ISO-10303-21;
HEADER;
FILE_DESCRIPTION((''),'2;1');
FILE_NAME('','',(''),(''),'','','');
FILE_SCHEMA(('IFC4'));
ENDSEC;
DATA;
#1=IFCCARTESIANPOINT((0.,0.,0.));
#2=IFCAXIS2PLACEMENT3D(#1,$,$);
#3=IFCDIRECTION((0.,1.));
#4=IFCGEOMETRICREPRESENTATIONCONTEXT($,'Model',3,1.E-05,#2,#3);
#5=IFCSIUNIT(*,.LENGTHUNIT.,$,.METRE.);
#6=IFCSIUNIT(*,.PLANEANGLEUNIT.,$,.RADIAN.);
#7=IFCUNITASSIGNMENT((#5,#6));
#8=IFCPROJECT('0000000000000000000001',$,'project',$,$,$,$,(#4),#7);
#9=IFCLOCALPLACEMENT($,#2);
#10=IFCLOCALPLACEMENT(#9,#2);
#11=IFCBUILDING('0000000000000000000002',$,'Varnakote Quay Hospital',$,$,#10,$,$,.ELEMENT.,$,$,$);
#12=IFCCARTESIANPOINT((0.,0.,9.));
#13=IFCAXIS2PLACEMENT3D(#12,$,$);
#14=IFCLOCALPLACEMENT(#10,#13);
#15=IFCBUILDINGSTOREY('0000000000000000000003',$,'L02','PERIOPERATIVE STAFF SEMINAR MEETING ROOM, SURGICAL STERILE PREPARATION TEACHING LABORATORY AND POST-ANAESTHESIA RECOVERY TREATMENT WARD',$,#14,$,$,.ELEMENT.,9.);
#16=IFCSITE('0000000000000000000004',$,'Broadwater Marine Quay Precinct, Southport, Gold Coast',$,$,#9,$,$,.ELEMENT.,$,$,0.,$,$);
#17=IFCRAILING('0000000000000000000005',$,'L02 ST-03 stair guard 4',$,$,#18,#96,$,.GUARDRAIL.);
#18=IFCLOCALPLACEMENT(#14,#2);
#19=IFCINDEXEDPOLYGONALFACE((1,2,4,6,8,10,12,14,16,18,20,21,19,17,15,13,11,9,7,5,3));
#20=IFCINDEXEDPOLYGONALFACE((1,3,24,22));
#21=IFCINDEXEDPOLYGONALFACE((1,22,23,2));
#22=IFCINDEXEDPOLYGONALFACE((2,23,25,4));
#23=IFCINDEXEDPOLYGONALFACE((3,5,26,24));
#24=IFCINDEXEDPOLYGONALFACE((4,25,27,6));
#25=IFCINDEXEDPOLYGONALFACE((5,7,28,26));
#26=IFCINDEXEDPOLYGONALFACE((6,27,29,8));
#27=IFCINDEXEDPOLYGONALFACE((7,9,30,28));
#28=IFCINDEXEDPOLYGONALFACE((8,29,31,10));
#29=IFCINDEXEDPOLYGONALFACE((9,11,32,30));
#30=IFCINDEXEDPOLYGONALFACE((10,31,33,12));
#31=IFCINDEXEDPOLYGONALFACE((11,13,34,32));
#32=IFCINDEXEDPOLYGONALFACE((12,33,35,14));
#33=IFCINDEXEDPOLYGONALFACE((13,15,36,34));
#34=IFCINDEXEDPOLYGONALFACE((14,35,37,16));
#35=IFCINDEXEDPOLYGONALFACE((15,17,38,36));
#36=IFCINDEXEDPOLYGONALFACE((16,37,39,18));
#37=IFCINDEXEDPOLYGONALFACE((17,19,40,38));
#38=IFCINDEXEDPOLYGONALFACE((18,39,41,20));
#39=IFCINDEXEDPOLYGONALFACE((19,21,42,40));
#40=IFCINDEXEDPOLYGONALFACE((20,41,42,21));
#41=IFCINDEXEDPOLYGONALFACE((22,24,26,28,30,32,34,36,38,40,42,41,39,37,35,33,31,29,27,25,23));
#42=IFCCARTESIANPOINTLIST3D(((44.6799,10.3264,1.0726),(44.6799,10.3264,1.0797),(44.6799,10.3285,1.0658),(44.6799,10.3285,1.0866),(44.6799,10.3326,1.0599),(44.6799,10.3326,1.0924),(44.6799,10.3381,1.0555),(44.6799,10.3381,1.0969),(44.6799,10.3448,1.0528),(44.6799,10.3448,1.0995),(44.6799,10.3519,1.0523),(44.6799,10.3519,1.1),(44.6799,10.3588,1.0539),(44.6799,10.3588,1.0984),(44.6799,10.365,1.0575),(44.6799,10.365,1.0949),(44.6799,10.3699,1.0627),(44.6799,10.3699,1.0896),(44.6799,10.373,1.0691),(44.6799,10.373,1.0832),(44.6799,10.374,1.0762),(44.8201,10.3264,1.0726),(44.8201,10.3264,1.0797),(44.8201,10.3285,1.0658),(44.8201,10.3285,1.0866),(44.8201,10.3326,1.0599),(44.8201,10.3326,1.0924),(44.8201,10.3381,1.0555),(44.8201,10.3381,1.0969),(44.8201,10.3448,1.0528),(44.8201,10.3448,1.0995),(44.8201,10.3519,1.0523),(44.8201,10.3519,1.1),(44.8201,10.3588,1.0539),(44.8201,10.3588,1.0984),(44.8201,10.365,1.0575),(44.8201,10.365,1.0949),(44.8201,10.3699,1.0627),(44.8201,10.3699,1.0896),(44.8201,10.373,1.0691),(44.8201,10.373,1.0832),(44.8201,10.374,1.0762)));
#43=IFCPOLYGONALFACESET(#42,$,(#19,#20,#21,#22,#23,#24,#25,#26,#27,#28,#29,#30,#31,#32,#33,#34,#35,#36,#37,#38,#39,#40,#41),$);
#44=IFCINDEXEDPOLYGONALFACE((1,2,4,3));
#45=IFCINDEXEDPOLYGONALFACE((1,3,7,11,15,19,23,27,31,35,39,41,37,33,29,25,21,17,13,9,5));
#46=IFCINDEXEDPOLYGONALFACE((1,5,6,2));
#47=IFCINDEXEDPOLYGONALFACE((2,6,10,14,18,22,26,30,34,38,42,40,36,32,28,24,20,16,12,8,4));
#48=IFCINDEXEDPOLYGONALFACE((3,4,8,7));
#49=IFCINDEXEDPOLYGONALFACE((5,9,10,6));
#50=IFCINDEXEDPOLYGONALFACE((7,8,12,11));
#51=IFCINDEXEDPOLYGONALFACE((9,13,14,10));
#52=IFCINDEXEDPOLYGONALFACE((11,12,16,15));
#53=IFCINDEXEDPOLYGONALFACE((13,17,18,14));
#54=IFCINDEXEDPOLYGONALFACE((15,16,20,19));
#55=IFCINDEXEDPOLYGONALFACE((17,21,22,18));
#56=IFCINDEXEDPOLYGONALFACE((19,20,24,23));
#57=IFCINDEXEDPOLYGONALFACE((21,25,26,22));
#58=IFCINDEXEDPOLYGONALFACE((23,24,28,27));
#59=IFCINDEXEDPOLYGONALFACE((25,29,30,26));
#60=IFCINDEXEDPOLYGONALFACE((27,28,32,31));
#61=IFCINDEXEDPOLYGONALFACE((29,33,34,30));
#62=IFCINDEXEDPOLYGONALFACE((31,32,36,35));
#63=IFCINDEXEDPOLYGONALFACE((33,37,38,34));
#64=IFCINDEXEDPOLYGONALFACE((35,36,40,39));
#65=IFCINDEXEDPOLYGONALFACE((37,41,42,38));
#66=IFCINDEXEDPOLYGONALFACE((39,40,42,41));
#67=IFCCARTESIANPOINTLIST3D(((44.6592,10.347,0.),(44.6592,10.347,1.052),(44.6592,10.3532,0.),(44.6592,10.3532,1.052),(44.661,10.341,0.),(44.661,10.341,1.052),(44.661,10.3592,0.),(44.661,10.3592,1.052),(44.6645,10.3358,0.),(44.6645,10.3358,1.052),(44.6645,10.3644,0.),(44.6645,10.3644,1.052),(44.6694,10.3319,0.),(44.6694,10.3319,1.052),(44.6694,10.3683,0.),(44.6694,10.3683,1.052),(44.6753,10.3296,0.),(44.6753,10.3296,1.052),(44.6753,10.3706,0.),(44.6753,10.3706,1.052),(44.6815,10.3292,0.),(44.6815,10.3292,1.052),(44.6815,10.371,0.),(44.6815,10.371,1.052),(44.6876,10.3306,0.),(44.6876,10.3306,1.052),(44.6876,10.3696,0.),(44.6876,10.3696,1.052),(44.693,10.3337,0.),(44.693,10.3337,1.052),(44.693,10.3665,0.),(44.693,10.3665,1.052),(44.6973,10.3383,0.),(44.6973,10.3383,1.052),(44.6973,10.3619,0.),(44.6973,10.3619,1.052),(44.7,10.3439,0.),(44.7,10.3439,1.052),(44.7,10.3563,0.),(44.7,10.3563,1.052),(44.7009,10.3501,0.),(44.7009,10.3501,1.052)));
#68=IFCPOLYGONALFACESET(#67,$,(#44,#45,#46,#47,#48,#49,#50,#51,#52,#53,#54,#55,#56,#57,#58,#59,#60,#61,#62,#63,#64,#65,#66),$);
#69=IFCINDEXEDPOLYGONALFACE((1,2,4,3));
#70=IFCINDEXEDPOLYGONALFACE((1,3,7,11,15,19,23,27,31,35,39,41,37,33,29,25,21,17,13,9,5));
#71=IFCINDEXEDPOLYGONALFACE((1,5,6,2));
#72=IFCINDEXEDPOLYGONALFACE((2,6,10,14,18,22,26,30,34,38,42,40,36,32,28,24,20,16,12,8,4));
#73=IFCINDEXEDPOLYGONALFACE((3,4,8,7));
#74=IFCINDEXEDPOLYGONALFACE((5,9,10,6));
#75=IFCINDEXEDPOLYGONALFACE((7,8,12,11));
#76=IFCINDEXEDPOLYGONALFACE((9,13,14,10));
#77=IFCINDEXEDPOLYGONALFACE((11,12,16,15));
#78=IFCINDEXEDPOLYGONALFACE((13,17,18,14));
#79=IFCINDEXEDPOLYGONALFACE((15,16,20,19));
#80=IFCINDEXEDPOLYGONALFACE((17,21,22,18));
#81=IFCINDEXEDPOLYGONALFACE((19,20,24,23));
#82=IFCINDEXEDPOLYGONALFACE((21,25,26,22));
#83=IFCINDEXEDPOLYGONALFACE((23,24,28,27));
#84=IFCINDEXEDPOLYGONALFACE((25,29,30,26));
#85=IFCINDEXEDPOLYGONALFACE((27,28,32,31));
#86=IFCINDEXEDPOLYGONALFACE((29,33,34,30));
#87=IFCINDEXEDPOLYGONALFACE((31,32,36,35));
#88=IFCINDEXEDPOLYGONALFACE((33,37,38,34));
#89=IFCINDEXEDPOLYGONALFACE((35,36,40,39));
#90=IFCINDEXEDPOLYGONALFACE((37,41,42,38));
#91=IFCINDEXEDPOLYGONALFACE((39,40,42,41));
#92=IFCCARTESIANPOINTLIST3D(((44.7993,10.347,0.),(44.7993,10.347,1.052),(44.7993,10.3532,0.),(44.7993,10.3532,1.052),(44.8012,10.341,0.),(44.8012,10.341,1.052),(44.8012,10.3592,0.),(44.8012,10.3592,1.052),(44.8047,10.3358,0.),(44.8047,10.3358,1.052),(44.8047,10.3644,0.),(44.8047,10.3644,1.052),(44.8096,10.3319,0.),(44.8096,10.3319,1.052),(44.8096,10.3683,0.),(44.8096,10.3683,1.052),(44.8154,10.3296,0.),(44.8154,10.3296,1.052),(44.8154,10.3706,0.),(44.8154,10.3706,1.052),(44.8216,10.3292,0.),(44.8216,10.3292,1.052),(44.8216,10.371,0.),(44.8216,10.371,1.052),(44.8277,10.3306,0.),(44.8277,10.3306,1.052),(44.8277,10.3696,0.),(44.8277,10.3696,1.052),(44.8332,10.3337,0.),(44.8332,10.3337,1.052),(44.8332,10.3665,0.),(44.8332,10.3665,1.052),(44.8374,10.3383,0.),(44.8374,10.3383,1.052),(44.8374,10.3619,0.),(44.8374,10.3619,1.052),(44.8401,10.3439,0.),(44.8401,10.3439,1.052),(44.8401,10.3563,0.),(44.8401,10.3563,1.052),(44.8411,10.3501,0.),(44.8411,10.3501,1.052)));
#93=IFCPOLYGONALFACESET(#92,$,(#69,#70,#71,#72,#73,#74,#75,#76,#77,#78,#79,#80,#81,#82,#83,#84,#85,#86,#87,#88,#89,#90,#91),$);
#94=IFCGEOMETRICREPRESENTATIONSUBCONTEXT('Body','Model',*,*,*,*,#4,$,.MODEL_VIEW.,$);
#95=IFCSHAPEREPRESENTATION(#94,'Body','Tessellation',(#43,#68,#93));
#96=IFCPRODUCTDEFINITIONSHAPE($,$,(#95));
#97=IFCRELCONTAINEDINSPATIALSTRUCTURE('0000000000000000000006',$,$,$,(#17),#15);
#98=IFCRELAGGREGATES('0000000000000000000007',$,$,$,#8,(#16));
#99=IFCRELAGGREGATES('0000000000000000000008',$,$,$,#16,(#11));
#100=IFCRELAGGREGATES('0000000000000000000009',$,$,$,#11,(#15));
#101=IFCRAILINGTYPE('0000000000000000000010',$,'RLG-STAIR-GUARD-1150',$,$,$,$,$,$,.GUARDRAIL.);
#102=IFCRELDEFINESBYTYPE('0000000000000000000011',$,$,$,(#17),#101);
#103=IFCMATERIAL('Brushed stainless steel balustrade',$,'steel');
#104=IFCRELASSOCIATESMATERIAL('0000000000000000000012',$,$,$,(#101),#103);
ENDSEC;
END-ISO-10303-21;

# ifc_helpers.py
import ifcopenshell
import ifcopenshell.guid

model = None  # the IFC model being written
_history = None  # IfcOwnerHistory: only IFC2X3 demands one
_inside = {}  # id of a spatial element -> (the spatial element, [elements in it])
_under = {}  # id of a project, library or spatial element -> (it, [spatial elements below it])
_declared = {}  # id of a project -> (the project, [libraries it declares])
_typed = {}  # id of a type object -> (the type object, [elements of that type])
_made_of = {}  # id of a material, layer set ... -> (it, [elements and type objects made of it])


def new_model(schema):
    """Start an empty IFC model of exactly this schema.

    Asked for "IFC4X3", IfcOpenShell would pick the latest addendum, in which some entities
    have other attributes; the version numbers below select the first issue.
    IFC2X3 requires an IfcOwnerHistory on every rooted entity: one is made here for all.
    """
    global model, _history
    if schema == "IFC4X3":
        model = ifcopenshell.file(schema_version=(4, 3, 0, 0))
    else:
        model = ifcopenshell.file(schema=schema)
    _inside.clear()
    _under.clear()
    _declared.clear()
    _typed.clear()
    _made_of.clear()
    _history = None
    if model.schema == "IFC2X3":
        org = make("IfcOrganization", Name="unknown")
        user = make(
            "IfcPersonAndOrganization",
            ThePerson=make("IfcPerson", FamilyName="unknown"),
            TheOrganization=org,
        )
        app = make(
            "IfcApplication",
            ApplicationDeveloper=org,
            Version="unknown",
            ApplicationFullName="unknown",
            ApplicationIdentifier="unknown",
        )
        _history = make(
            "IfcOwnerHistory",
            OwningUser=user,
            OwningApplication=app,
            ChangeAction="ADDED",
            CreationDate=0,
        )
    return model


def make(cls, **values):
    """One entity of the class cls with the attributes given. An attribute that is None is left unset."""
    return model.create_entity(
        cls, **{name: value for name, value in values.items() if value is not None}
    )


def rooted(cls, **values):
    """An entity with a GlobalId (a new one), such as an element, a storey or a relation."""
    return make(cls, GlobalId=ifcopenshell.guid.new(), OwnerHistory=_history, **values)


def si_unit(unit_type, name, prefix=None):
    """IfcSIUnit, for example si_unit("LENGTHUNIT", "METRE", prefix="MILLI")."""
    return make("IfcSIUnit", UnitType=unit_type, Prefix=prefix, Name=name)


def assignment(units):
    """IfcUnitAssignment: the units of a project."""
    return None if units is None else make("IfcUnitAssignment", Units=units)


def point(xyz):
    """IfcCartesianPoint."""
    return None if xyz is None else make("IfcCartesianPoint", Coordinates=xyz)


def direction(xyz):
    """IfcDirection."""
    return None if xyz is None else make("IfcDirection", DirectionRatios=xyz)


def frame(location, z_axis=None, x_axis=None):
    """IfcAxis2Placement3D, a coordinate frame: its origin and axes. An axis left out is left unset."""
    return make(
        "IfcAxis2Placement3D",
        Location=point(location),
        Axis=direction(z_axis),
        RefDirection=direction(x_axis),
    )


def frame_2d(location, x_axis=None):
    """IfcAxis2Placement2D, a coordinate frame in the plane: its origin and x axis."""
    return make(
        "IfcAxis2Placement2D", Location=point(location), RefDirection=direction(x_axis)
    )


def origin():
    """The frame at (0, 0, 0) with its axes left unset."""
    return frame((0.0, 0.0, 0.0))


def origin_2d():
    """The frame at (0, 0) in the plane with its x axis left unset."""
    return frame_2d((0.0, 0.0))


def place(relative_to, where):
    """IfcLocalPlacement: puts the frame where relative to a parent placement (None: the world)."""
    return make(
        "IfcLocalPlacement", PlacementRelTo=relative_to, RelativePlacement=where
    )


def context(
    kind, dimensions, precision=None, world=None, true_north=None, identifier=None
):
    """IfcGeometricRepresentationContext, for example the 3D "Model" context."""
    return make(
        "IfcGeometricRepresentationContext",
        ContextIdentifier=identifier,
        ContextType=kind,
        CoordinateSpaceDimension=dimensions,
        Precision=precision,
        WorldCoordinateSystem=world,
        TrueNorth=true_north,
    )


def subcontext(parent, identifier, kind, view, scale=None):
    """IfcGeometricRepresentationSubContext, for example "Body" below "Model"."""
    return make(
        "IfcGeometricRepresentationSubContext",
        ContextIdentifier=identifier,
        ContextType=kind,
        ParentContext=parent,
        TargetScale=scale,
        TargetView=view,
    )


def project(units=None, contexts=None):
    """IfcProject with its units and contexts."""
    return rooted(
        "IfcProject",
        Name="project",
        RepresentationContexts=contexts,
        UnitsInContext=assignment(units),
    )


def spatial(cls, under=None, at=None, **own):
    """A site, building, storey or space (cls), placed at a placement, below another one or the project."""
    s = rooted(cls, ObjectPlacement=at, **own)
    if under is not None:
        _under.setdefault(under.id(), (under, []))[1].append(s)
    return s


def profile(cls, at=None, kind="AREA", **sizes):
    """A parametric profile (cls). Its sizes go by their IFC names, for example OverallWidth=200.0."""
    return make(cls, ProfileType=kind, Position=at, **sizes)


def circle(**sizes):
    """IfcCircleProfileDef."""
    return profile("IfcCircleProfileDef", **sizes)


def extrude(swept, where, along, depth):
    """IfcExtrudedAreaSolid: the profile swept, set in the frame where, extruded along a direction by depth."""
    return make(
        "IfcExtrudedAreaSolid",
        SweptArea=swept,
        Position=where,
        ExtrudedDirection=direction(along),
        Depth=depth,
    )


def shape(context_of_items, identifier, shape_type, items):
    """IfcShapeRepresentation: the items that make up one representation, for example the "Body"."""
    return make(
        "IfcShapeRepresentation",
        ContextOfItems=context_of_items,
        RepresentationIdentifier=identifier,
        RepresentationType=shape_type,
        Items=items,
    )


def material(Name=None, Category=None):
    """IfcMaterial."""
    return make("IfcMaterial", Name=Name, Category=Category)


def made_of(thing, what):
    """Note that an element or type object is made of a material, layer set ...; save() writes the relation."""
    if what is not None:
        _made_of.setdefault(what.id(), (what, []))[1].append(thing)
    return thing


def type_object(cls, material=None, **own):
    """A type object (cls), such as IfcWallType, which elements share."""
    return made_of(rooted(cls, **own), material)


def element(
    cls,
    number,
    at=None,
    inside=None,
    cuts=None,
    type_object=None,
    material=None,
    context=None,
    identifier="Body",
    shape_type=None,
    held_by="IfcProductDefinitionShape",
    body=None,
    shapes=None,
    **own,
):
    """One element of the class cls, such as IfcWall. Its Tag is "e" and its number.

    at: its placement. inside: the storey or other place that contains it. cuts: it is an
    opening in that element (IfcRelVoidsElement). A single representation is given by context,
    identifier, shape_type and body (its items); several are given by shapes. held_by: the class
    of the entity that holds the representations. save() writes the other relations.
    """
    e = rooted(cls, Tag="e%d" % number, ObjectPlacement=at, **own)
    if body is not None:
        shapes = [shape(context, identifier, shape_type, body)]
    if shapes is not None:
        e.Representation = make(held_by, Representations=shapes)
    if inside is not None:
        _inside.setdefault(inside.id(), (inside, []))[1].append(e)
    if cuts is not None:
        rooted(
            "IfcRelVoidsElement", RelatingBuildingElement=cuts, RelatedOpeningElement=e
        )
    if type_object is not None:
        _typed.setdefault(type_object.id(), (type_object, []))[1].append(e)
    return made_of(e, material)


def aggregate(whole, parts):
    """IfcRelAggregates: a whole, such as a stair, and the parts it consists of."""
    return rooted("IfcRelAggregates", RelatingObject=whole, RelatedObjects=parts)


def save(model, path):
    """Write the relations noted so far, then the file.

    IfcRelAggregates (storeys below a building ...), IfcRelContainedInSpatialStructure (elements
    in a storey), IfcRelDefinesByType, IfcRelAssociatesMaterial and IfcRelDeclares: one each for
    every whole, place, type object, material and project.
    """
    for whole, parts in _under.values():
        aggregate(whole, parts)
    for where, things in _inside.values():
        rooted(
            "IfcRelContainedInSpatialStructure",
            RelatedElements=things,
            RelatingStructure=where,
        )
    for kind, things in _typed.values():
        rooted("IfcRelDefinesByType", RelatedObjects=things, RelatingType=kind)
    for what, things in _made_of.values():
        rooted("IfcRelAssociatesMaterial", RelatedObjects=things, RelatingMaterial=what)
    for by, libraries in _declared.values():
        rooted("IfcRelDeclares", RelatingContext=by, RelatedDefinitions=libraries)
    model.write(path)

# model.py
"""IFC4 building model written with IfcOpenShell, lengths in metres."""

from ifc_helpers import new_model, si_unit, direction, frame, origin, origin_2d, place, context, subcontext, project, spatial, circle, extrude, material, type_object, element, save


model = new_model("IFC4")

# Units and contexts
model_context = context("Model", 3, precision=1e-05, world=origin(), true_north=direction((0.0, 1.0)))
body_context = subcontext(model_context, "Body", "Model", "MODEL_VIEW")
ifc_project = project(units=[si_unit("LENGTHUNIT", "METRE"), si_unit("PLANEANGLEUNIT", "RADIAN")], contexts=[model_context])

# Site, building, storey
site_placement = place(None, origin())
site = spatial("IfcSite", under=ifc_project, at=site_placement, Name="Broadwater Marine Quay Precinct, Southport, Gold Coast", CompositionType="ELEMENT", RefElevation=0.0)
building_placement = place(site_placement, origin())
building = spatial("IfcBuilding", under=site, at=building_placement, Name="Varnakote Quay Hospital", CompositionType="ELEMENT")
storey_placement = place(building_placement, frame((0.0, 0.0, 9.0)))
storey = spatial("IfcBuildingStorey", under=building, at=storey_placement, Name="L02", Description="PERIOPERATIVE STAFF SEMINAR MEETING ROOM, SURGICAL STERILE PREPARATION TEACHING LABORATORY AND POST-ANAESTHESIA RECOVERY TREATMENT WARD", CompositionType="ELEMENT", Elevation=9.0)

# Railing
ifc_material_1 = material(Name="Brushed stainless steel balustrade", Category="steel")
railing_type_1 = type_object("IfcRailingType", Name="RLG-STAIR-GUARD-1150", PredefinedType="GUARDRAIL", material=ifc_material_1)
railing_1_placement = place(storey_placement, frame((44.6799, 10.3501, 0.0)))
element("IfcRailing", 1, at=railing_1_placement, inside=storey, type_object=railing_type_1, Name="L02 ST-03 stair guard 4", PredefinedType="GUARDRAIL", context=body_context, shape_type="SweptSolid", body=[
    extrude(circle(Radius=0.0239, at=origin_2d()), frame((0.0, 0.0, 1.0762), z_axis=(1.0, 0.0, 0.0), x_axis=(0.0, 1.0, 0.0)), (0.0, 0.0, 1.0), 0.1401),
    extrude(circle(Radius=0.021, at=origin_2d()), origin(), (0.0, 0.0, 1.0), 1.052),
    extrude(circle(Radius=0.021, at=origin_2d()), frame((0.1401, 0.0, 0.0)), (0.0, 0.0, 1.0), 1.052),
])

save(model, "model.ifc")
